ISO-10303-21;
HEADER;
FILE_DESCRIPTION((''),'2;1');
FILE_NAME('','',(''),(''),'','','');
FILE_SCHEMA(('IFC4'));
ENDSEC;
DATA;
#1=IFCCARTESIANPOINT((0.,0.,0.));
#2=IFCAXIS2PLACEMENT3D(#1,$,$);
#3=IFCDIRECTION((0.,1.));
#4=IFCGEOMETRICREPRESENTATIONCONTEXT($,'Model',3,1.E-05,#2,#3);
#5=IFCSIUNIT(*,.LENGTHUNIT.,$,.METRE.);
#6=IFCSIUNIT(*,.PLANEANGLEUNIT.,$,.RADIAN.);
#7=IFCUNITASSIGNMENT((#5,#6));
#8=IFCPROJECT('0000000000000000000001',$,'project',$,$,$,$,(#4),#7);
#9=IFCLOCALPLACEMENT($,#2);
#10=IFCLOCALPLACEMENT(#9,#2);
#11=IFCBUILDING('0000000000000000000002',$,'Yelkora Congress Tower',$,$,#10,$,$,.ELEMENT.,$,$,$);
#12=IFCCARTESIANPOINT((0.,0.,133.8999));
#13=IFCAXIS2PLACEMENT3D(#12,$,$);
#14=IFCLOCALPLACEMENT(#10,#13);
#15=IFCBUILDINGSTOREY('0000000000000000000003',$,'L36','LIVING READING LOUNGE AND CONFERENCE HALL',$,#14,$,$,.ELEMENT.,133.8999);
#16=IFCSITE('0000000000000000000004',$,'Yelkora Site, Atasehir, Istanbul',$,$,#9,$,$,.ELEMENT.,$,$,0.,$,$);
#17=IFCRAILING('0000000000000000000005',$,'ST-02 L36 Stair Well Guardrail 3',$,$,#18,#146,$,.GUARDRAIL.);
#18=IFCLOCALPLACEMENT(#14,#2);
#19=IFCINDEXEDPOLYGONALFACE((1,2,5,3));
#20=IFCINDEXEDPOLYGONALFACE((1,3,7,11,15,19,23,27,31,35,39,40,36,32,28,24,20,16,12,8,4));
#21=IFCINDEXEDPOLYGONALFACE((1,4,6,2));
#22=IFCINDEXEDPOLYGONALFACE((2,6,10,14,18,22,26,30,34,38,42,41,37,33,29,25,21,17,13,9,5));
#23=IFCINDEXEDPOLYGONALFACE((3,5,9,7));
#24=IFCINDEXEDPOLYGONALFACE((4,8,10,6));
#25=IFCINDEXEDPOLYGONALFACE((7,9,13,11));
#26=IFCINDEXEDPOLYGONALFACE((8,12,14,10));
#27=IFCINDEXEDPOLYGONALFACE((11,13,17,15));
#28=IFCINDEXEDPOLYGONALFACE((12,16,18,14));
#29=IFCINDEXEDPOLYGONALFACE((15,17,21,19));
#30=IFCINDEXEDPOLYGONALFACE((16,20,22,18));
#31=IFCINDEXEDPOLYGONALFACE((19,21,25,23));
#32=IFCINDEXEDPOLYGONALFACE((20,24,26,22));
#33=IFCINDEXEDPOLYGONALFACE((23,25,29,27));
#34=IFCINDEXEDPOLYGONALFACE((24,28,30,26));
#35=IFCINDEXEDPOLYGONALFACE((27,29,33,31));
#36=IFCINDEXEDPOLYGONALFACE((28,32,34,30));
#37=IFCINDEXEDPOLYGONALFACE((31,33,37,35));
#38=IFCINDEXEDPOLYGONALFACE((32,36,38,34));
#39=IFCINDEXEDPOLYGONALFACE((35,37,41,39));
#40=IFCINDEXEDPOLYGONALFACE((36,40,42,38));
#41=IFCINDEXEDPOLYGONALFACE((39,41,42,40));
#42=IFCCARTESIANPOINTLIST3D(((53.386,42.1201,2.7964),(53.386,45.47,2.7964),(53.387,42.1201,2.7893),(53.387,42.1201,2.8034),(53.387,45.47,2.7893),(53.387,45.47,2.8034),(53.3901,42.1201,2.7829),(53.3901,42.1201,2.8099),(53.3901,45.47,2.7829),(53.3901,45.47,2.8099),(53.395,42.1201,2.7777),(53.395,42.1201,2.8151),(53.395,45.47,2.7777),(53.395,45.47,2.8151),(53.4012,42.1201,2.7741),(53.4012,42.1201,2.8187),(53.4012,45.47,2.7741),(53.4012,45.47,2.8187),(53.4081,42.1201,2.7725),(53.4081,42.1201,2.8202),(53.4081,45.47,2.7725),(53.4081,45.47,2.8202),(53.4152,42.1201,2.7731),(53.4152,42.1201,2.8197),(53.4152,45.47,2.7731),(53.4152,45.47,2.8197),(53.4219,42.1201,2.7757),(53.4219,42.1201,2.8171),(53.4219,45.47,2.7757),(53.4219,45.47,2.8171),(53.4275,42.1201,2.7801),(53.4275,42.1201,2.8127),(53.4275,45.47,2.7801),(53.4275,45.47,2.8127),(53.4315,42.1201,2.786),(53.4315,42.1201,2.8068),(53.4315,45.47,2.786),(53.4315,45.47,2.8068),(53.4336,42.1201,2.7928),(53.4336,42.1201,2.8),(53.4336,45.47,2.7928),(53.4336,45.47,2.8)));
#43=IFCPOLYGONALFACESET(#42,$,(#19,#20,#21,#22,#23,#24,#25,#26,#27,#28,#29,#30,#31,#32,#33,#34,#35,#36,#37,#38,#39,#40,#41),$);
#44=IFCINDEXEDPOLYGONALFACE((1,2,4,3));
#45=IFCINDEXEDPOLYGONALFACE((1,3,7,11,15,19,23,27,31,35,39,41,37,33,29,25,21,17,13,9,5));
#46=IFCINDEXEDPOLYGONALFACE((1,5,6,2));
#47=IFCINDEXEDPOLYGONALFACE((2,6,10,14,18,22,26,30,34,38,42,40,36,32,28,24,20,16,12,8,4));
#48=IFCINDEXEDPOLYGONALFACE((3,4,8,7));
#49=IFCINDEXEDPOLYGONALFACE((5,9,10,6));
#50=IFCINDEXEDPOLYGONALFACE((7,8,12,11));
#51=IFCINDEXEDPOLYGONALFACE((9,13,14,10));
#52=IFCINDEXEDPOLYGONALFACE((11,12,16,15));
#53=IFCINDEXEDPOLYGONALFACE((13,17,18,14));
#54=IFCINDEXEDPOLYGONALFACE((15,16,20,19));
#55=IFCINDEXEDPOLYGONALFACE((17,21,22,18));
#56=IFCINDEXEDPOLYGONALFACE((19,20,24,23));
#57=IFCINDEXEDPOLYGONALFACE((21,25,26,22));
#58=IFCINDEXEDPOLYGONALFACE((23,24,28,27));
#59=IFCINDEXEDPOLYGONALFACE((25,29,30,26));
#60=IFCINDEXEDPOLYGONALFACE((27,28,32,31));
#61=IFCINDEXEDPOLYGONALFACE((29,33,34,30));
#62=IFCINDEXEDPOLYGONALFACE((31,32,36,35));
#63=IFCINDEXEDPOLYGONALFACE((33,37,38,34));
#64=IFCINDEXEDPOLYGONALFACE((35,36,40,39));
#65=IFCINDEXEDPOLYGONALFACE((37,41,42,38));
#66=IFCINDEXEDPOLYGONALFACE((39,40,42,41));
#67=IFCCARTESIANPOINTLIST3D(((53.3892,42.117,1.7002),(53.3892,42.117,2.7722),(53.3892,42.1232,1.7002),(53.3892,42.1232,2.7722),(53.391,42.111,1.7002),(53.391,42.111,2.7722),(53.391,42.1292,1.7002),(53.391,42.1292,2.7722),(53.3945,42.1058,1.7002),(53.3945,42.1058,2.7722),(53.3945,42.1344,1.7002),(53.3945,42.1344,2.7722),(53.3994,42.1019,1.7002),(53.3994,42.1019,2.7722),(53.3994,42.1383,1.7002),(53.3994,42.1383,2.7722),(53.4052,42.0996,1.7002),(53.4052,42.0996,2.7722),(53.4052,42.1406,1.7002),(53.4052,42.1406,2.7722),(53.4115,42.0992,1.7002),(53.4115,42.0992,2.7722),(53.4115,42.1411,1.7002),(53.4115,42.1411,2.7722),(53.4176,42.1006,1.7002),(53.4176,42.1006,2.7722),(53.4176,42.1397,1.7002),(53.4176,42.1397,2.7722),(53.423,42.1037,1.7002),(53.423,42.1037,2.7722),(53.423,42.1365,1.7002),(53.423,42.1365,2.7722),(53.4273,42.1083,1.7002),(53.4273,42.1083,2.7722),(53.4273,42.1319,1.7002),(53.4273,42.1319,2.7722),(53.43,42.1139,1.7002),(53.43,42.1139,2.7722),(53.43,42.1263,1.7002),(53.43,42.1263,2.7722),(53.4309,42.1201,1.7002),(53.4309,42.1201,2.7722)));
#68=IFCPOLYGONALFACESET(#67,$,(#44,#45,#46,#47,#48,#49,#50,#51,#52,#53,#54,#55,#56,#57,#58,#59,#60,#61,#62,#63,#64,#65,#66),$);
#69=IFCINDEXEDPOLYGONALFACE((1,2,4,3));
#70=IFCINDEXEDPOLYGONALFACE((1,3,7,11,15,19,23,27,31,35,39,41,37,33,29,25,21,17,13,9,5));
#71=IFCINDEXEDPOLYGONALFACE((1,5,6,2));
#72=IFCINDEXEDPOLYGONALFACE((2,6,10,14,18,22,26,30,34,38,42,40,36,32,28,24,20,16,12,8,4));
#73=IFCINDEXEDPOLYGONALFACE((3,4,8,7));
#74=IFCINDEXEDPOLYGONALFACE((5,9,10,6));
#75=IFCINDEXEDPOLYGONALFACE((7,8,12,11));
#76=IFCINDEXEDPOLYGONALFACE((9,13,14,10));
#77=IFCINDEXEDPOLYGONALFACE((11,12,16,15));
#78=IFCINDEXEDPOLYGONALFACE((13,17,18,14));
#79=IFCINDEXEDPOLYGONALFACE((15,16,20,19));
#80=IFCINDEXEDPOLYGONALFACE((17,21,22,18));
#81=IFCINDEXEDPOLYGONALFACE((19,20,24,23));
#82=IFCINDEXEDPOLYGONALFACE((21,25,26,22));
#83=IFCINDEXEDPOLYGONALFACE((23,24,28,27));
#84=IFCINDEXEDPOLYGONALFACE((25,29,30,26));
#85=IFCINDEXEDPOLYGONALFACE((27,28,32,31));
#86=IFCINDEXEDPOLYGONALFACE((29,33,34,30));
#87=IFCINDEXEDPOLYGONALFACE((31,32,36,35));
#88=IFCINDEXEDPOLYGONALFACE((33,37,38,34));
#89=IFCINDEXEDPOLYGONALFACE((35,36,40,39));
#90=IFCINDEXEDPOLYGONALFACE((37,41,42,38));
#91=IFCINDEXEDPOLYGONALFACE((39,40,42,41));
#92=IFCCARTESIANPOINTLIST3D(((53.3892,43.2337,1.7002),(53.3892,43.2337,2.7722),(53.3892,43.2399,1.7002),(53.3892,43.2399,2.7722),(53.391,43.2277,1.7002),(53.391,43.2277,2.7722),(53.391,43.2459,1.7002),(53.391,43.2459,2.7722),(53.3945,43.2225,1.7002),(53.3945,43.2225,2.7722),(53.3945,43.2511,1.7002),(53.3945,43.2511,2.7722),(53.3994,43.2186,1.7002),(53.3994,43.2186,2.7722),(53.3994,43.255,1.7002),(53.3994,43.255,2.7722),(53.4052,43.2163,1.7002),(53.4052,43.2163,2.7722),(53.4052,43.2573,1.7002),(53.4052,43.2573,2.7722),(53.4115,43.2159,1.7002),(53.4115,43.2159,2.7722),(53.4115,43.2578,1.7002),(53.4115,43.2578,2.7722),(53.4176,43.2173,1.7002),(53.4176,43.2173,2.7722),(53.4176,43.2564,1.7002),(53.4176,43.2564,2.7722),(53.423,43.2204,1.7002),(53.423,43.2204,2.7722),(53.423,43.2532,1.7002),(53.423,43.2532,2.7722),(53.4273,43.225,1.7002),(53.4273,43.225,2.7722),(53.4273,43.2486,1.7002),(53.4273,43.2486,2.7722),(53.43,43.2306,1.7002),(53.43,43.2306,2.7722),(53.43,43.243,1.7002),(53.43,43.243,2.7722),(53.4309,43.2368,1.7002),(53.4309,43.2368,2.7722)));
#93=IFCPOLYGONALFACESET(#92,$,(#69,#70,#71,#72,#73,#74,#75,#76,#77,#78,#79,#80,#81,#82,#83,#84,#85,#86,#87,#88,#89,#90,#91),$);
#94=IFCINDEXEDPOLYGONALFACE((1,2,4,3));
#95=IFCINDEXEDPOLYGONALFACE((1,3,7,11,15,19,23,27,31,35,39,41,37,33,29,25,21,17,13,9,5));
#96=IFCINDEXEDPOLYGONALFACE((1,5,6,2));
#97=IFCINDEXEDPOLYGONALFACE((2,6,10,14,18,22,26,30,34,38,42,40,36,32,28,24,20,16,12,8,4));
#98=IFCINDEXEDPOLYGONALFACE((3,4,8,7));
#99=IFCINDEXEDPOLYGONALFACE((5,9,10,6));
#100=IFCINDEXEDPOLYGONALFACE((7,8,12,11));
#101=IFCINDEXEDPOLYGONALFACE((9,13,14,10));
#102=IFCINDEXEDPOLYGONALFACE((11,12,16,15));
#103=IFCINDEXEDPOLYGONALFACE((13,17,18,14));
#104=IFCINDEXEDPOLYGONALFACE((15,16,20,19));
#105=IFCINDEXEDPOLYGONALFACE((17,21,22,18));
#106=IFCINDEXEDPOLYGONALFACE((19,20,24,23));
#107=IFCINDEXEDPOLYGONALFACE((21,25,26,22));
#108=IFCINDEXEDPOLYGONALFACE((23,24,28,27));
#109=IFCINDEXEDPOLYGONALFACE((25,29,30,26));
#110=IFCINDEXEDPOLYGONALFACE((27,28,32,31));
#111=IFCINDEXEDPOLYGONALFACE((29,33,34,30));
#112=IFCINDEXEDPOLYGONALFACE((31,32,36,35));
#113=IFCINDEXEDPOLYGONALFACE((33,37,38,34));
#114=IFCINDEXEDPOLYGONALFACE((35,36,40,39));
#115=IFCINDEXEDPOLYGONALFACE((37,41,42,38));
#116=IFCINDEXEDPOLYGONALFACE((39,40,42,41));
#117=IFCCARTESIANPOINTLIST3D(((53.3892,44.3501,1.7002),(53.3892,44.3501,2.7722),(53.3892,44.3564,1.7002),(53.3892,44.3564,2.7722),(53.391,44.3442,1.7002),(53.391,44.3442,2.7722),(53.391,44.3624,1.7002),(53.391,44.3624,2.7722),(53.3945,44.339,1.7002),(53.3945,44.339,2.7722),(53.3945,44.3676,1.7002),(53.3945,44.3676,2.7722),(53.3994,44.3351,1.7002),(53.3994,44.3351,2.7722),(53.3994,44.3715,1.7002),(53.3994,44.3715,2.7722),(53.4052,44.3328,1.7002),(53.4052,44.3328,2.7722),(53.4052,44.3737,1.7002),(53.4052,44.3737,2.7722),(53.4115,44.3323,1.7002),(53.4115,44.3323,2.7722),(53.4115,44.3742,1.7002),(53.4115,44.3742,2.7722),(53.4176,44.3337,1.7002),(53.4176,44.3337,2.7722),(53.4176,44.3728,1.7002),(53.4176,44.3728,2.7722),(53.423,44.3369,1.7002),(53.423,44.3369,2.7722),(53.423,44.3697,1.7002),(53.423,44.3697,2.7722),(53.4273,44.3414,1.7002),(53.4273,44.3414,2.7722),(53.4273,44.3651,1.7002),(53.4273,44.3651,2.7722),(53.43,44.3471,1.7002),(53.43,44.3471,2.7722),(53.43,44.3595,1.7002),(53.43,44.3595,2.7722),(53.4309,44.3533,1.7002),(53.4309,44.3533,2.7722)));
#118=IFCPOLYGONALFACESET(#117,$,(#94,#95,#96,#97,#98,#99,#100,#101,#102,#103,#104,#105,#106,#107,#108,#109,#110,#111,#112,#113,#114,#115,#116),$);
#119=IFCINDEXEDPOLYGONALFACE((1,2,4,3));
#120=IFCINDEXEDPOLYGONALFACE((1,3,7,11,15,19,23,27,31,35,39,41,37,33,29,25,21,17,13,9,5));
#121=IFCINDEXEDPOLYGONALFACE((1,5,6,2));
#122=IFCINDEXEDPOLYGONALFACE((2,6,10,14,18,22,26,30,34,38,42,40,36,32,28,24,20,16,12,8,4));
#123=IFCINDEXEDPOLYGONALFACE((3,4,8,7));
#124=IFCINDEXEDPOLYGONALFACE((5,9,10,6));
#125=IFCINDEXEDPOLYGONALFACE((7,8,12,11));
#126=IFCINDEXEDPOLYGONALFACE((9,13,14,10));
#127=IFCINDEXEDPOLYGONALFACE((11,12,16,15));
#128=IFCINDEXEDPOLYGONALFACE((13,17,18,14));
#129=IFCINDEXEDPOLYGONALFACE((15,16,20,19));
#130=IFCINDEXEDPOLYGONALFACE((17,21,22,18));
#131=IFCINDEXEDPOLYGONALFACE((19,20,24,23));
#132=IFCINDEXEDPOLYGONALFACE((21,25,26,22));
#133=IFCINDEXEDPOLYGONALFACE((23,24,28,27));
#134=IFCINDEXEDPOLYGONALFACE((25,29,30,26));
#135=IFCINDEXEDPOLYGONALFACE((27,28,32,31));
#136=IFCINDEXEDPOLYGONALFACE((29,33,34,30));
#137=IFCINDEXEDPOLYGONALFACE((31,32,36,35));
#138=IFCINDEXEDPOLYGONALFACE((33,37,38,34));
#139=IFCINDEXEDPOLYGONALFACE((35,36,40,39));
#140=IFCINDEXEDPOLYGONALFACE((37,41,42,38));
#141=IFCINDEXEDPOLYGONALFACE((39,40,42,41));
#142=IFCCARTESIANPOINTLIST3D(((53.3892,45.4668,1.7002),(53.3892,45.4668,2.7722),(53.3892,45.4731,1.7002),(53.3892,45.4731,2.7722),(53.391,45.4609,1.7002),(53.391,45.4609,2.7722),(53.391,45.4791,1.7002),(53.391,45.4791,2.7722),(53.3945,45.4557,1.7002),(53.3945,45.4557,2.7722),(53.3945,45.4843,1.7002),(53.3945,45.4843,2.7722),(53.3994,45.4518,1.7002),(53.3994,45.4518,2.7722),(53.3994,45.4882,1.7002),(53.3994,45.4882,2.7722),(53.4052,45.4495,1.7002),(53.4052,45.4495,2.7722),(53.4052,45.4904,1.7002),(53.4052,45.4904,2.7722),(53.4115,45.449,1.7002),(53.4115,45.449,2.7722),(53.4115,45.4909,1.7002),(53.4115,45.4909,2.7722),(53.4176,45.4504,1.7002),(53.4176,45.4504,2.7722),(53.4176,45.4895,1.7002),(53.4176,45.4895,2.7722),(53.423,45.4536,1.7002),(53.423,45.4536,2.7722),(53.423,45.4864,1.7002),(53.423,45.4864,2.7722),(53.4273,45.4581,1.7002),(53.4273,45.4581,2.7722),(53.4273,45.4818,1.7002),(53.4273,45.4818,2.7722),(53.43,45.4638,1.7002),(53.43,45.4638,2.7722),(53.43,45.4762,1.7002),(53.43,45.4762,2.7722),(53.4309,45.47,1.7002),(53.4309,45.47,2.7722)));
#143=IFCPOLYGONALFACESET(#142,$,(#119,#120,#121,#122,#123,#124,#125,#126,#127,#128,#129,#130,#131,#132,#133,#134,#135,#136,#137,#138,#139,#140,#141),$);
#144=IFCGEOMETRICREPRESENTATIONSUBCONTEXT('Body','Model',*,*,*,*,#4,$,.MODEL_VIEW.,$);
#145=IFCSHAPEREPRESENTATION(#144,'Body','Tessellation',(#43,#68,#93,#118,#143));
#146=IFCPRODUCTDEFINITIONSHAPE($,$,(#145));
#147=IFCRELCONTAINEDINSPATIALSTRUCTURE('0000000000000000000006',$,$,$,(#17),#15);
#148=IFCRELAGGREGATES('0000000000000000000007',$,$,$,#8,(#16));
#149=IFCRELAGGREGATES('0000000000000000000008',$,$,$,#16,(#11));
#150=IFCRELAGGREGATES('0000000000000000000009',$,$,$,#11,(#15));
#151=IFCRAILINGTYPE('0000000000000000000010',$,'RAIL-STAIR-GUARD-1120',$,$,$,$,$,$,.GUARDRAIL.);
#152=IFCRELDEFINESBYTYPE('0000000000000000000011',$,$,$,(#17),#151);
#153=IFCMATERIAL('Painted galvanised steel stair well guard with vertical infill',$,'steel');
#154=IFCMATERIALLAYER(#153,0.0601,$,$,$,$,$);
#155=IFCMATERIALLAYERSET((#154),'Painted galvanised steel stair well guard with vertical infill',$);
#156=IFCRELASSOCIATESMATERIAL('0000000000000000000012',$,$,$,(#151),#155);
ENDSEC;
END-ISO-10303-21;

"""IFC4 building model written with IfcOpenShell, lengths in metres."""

from ifc_helpers import new_model, si_unit, direction, frame, origin, origin_2d, place, context, subcontext, project, spatial, circle, extrude, material, layer, layer_set, type_object, element, save


model = new_model("IFC4")

# Units and contexts
model_context = context("Model", 3, precision=1e-05, world=origin(), true_north=direction((0.0, 1.0)))
body_context = subcontext(model_context, "Body", "Model", "MODEL_VIEW")
ifc_project = project(units=[si_unit("LENGTHUNIT", "METRE"), si_unit("PLANEANGLEUNIT", "RADIAN")], contexts=[model_context])

# Site, building, storey
site_placement = place(None, origin())
site = spatial("IfcSite", under=ifc_project, at=site_placement, Name="Yelkora Site, Atasehir, Istanbul", CompositionType="ELEMENT", RefElevation=0.0)
building_placement = place(site_placement, origin())
building = spatial("IfcBuilding", under=site, at=building_placement, Name="Yelkora Congress Tower", CompositionType="ELEMENT")
storey_placement = place(building_placement, frame((0.0, 0.0, 133.8999)))
storey = spatial("IfcBuildingStorey", under=building, at=storey_placement, Name="L36", Description="LIVING READING LOUNGE AND CONFERENCE HALL", CompositionType="ELEMENT", Elevation=133.8999)

# Railing
ifc_material_1 = material(Name="Painted galvanised steel stair well guard with vertical infill", Category="steel")
ifc_layer_1 = layer(ifc_material_1, 0.0601)
ifc_layer_set_1 = layer_set([ifc_layer_1], Name="Painted galvanised steel stair well guard with vertical infill")
railing_type_1 = type_object("IfcRailingType", Name="RAIL-STAIR-GUARD-1120", PredefinedType="GUARDRAIL", material=ifc_layer_set_1)
for number, where, name in (
    (1, (53.4099, 42.1201, 1.7002), "ST-02 L36 Stair Well Guardrail 3"),
):
    element("IfcRailing", number, at=place(storey_placement, frame(where)), inside=storey, type_object=railing_type_1, Name=name, PredefinedType="GUARDRAIL", context=body_context, shape_type="SweptSolid", body=[
        extrude(circle(Radius=0.0239, at=origin_2d()), frame((0.0, 0.0, 1.0962), z_axis=(0.0, 1.0, 0.0), x_axis=(-1.0, 0.0, 0.0)), (0.0, 0.0, 1.0), 3.3499),
        extrude(circle(Radius=0.021, at=origin_2d()), origin(), (0.0, 0.0, 1.0), 1.072),
        extrude(circle(Radius=0.021, at=origin_2d()), frame((0.0, 1.1167, 0.0)), (0.0, 0.0, 1.0), 1.072),
        extrude(circle(Radius=0.021, at=origin_2d()), frame((0.0, 2.2332, 0.0)), (0.0, 0.0, 1.0), 1.072),
        extrude(circle(Radius=0.021, at=origin_2d()), frame((0.0, 3.3499, 0.0)), (0.0, 0.0, 1.0), 1.072),
    ])

save(model, "model.ifc")
